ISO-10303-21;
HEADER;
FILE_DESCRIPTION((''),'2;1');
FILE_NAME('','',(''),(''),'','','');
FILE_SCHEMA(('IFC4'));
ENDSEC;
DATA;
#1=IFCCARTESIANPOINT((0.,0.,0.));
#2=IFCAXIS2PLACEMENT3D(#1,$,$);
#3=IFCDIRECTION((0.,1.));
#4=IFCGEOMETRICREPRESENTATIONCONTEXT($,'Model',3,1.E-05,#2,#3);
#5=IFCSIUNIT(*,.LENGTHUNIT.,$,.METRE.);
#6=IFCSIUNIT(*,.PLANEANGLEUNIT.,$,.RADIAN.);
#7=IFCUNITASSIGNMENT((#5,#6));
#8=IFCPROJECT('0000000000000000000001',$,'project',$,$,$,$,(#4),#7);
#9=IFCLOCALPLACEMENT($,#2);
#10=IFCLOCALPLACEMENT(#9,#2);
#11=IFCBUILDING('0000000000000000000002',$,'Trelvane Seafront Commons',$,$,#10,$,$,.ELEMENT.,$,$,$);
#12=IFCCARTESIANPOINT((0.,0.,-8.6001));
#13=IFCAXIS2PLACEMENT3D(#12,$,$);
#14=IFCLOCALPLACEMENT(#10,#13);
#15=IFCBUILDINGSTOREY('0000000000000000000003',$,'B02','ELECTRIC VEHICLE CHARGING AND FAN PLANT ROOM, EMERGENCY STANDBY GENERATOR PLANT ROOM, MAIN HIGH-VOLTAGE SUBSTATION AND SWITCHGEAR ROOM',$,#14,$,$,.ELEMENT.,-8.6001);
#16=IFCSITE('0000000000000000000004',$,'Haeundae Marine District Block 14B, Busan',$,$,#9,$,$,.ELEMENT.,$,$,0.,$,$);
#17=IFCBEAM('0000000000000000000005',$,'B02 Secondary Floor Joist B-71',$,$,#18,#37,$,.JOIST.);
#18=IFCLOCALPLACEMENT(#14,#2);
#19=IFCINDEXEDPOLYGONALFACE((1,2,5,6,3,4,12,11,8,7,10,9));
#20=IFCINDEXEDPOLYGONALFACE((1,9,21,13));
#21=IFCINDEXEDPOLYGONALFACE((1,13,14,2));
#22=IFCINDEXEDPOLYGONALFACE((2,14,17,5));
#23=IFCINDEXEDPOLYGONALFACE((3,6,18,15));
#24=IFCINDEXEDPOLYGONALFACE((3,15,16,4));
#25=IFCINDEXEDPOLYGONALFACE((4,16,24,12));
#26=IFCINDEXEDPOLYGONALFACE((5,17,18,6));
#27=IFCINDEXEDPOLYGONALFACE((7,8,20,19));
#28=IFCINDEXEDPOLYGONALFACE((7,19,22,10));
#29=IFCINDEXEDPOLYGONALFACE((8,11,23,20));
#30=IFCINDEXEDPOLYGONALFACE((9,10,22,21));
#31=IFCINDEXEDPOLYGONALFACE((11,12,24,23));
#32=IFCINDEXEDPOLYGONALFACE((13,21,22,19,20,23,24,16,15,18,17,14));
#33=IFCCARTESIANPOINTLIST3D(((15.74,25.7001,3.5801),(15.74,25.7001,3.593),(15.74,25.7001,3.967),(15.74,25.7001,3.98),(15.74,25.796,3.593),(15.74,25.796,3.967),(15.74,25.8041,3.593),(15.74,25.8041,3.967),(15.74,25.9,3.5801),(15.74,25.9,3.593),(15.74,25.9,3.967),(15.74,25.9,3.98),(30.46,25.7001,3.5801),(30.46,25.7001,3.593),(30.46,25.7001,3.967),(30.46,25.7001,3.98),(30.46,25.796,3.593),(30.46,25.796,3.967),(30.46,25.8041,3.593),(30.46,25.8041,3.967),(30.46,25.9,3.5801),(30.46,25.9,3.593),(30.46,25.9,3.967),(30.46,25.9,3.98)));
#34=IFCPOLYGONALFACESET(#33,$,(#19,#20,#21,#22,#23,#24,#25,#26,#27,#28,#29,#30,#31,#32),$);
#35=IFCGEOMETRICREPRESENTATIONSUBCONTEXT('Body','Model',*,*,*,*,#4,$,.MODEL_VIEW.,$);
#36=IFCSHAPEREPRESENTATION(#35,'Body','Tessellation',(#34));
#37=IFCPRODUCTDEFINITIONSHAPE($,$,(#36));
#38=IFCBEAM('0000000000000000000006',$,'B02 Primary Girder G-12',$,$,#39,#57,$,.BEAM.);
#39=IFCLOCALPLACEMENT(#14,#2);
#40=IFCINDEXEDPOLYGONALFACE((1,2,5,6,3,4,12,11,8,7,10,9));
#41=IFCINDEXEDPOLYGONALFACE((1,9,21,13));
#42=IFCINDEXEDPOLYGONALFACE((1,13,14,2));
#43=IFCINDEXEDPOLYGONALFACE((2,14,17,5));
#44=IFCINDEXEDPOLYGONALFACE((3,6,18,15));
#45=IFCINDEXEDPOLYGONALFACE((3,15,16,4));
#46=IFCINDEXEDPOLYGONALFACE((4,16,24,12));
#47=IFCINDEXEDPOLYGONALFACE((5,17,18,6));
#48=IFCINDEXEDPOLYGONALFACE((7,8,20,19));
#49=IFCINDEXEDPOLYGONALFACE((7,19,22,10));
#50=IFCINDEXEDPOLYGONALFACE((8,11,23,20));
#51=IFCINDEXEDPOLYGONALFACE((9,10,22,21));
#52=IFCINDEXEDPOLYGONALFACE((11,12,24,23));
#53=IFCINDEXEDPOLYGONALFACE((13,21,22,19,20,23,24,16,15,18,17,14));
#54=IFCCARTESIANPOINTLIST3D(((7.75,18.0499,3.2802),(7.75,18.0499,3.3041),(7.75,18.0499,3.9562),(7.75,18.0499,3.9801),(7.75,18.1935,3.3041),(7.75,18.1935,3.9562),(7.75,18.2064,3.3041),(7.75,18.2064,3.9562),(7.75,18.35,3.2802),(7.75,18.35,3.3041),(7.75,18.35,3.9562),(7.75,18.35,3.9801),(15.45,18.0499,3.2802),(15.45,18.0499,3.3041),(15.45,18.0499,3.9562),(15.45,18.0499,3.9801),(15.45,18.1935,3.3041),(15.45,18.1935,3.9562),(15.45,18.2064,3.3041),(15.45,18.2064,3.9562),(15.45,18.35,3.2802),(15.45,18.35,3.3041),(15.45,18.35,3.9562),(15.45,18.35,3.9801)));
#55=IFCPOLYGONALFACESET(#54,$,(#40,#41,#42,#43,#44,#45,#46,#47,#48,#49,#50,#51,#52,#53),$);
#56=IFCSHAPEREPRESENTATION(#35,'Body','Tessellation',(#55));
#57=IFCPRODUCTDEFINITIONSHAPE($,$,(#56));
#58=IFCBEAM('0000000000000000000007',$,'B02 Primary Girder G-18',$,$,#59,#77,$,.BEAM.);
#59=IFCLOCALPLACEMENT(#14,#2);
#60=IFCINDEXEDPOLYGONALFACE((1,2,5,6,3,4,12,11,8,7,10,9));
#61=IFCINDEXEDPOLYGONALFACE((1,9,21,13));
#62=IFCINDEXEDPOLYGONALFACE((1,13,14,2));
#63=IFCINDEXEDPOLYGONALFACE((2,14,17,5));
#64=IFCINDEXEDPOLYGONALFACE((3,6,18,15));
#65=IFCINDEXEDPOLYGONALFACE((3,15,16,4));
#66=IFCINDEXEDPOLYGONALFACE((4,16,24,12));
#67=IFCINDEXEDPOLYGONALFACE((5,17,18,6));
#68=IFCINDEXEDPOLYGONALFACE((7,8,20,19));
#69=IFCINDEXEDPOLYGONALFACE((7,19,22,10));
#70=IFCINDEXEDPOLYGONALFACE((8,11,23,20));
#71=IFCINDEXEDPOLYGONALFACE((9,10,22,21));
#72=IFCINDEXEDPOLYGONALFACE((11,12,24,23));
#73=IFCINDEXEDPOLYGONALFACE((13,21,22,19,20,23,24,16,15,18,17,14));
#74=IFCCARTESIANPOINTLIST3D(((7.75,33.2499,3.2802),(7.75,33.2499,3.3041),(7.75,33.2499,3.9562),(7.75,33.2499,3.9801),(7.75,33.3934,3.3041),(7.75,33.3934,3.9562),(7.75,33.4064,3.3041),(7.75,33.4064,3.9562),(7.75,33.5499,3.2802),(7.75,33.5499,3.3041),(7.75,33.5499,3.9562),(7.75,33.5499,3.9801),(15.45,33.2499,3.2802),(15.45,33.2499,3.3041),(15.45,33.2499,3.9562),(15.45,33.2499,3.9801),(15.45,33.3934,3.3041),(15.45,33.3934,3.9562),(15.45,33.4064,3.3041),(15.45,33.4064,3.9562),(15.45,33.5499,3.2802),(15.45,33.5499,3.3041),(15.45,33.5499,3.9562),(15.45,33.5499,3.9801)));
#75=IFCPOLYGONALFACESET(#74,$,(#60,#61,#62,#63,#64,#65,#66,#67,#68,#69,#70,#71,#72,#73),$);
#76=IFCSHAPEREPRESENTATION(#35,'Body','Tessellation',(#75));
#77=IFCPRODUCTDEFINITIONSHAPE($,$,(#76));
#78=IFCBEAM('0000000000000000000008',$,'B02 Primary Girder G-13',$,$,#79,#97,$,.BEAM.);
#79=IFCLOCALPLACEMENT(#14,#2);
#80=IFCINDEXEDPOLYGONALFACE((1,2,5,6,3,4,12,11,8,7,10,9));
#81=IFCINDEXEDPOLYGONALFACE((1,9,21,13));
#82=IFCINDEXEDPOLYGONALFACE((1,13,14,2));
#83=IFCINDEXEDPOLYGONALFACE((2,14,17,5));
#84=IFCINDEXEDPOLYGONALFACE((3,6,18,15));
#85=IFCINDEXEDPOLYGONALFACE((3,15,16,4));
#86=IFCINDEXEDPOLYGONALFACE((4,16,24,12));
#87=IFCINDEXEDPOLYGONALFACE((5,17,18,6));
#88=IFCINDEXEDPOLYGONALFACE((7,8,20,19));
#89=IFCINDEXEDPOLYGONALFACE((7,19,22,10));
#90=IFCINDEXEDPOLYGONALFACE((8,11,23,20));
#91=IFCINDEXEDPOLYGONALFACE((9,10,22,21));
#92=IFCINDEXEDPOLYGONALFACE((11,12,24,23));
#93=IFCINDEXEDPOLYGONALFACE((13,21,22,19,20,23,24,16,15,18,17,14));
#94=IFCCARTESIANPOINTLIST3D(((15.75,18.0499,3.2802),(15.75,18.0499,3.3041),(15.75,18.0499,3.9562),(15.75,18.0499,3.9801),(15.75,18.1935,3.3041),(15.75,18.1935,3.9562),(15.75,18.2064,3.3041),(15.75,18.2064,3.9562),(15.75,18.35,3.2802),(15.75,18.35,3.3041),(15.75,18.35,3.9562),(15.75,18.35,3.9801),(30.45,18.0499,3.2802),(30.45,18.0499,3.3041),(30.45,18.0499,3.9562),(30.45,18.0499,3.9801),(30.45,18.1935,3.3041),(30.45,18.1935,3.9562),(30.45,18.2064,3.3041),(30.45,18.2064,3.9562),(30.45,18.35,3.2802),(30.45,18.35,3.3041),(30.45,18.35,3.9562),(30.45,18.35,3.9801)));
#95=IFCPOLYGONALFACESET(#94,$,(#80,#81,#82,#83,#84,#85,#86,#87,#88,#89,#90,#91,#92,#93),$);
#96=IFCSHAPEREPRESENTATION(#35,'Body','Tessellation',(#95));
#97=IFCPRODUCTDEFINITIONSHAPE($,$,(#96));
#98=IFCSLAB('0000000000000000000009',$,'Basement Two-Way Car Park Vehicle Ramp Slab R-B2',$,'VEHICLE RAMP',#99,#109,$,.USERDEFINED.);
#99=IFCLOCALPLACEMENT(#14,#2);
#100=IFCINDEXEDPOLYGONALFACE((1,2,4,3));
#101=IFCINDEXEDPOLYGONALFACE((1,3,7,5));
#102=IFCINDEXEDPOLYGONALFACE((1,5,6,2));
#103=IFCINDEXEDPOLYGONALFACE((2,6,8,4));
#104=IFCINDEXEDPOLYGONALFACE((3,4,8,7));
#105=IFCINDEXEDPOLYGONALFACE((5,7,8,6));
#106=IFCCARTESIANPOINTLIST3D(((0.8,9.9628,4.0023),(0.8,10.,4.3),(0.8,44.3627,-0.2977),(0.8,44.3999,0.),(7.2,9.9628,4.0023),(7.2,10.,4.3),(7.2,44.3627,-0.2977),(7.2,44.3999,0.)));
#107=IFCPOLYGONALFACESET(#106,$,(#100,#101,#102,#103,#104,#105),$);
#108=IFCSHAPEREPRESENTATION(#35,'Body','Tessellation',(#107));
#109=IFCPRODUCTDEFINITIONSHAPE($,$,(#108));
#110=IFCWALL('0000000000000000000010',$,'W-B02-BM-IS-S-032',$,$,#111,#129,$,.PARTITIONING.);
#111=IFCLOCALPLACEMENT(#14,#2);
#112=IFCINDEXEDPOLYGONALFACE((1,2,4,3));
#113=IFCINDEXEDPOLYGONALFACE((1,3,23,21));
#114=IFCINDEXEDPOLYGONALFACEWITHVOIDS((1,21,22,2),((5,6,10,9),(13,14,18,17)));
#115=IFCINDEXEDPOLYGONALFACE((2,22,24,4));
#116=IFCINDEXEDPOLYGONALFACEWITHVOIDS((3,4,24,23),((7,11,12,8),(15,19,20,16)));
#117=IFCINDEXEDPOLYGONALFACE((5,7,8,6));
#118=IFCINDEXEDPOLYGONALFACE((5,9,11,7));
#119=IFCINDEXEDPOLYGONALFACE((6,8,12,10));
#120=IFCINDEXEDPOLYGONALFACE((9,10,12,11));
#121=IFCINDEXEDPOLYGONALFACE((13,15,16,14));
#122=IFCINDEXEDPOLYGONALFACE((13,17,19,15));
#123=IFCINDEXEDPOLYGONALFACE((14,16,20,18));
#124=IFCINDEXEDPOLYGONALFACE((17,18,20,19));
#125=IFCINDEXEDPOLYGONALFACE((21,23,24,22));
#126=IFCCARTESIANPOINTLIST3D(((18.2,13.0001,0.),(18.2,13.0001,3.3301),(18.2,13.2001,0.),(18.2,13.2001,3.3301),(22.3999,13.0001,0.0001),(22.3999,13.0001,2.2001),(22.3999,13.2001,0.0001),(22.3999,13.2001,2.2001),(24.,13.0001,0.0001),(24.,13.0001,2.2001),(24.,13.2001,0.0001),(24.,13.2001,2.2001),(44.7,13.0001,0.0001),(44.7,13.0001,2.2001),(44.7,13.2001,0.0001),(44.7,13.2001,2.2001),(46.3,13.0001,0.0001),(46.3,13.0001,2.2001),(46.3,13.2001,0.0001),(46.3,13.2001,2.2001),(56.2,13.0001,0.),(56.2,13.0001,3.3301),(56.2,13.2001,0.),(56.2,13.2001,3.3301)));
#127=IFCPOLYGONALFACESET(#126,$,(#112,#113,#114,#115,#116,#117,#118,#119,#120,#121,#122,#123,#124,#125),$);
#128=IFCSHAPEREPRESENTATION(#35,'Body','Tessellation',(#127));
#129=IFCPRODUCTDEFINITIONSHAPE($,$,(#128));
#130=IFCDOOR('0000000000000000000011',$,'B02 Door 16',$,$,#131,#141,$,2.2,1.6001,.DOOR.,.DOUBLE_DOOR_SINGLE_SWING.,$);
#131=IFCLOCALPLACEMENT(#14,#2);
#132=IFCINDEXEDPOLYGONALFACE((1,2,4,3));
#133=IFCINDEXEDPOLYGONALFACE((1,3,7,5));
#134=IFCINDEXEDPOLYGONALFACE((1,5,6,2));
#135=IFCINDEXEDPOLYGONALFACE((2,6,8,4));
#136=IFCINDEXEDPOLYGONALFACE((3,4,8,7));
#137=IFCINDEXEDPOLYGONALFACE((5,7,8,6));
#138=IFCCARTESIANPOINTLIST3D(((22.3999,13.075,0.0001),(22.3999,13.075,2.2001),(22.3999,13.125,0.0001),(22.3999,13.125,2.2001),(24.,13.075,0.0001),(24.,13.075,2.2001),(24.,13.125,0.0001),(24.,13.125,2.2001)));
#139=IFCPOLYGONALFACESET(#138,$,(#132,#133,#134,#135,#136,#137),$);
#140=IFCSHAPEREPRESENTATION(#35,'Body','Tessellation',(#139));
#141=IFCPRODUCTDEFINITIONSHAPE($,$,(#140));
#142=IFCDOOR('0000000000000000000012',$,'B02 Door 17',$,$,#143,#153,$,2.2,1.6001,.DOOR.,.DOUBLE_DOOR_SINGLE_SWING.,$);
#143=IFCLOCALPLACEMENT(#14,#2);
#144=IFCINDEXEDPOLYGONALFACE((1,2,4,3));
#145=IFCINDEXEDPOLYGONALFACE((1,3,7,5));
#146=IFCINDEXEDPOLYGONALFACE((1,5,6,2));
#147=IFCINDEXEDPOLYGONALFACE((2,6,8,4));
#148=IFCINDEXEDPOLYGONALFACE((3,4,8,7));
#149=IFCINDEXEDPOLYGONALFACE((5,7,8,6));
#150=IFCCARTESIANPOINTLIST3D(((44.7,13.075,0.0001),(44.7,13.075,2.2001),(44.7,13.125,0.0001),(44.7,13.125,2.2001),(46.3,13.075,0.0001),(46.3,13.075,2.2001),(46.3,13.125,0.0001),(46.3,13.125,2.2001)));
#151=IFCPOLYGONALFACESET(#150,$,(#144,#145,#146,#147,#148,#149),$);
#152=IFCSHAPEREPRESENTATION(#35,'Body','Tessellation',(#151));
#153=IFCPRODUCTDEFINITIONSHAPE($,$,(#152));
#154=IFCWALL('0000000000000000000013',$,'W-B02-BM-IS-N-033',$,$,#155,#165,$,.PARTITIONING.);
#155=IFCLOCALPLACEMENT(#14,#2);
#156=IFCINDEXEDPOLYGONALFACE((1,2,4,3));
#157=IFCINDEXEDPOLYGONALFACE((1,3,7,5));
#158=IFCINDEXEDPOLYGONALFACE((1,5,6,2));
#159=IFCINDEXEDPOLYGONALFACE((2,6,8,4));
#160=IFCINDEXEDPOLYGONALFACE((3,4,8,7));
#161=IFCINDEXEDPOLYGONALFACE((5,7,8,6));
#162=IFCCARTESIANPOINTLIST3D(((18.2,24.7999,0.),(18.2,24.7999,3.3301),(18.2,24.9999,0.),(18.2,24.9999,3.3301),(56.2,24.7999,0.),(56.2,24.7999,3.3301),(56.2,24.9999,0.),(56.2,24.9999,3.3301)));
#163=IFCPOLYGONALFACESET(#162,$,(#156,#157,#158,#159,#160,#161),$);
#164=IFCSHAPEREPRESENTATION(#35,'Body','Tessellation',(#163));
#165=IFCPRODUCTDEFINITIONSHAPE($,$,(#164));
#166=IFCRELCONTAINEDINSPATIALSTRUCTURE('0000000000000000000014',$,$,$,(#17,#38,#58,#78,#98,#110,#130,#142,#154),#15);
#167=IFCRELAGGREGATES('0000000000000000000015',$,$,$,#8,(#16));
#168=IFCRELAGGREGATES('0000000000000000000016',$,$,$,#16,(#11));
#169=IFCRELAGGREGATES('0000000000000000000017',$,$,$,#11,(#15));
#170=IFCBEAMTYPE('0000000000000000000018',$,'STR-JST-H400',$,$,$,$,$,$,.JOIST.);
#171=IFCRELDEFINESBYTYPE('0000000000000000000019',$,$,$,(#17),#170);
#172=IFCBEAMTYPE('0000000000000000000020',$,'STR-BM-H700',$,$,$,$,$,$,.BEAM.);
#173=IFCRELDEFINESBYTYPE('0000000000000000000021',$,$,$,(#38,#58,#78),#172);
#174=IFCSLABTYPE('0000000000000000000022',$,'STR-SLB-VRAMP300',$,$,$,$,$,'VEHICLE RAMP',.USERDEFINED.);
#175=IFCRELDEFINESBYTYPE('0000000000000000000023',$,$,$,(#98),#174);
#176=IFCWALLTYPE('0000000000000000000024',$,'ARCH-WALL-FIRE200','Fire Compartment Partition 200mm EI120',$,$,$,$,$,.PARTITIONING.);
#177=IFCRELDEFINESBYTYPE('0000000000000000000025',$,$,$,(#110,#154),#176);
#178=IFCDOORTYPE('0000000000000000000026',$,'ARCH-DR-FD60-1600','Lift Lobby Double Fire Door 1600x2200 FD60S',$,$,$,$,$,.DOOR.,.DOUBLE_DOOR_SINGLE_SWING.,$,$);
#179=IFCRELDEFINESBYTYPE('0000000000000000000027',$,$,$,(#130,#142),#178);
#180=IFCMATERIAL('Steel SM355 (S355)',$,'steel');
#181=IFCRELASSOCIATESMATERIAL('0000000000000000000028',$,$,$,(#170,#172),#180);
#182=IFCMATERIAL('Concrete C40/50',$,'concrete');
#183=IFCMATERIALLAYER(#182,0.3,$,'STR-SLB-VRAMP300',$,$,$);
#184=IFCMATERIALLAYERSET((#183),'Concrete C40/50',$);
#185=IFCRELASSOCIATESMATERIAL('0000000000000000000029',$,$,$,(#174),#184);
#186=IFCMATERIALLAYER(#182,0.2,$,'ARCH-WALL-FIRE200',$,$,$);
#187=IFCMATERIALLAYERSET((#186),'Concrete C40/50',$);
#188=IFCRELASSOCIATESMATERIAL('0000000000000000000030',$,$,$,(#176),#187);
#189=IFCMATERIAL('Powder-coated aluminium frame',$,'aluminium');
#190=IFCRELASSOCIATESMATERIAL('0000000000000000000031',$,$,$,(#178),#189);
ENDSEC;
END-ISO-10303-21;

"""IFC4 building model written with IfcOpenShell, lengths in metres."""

from ifc_helpers import new_model, si_unit, direction, frame, frame_2d, origin, origin_2d, place, context, subcontext, project, spatial, polyline, rectangle, i_section, outline, extrude, source, transform, mapped, material, layer, layer_set, material_profile, profile_set, type_object, element, fill, save


model = new_model("IFC4")

# Units and contexts
model_context = context("Model", 3, precision=1e-05, world=origin(), true_north=direction((0.0, 1.0)))
body_context = subcontext(model_context, "Body", "Model", "MODEL_VIEW")
ifc_project = project(units=[si_unit("LENGTHUNIT", "METRE"), si_unit("PLANEANGLEUNIT", "RADIAN")], contexts=[model_context])

# Site, building, storey
site_placement = place(None, origin())
site = spatial("IfcSite", under=ifc_project, at=site_placement, Name="Haeundae Marine District Block 14B, Busan", CompositionType="ELEMENT", RefElevation=0.0)
building_placement = place(site_placement, origin())
building = spatial("IfcBuilding", under=site, at=building_placement, Name="Trelvane Seafront Commons", CompositionType="ELEMENT")
storey_placement = place(building_placement, frame((0.0, 0.0, -8.6001)))
storey = spatial("IfcBuildingStorey", under=building, at=storey_placement, Name="B02", Description="ELECTRIC VEHICLE CHARGING AND FAN PLANT ROOM, EMERGENCY STANDBY GENERATOR PLANT ROOM, MAIN HIGH-VOLTAGE SUBSTATION AND SWITCHGEAR ROOM", CompositionType="ELEMENT", Elevation=-8.6001)

# Beams
ifc_material_1 = material(Name="Steel SM355 (S355)", Category="steel")
ifc_material_profile_1 = material_profile(ifc_material_1, i_section(OverallWidth=0.2, OverallDepth=0.3999, WebThickness=0.0081, FlangeThickness=0.0129, at=origin_2d()), Name="H-400x200x8x13")
ifc_profile_set_1 = profile_set([ifc_material_profile_1], Name="Steel SM355 (S355)")
beam_type_1 = type_object("IfcBeamType", Name="STR-JST-H400", PredefinedType="JOIST", material=ifc_profile_set_1)
shared_shape_1 = source(origin(), body_context, "Body", "SweptSolid", [
    extrude(i_section(OverallWidth=0.2, OverallDepth=0.3999, WebThickness=0.0081, FlangeThickness=0.0129, at=origin_2d()), origin(), (0.0, 0.0, 1.0), 14.72),
])
for number, where, z_axis, x_axis, name in (
    (1, (15.74, 25.8, 3.78), (1.0, 0.0, 0.0), (0.0, 1.0, 0.0), "B02 Secondary Floor Joist B-71"),
):
    element("IfcBeam", number, at=place(storey_placement, frame(where, z_axis=z_axis, x_axis=x_axis)), inside=storey, type_object=beam_type_1, Name=name, PredefinedType="JOIST", context=body_context, shape_type="MappedRepresentation", body=[
        mapped(shared_shape_1, transform((0.0, 0.0, 0.0), x_axis=(1.0, 0.0, 0.0), y_axis=(0.0, 1.0, 0.0), z_axis=(0.0, 0.0, 1.0), scale=1.0)),
    ])
ifc_material_profile_2 = material_profile(ifc_material_1, i_section(OverallWidth=0.3, OverallDepth=0.7, WebThickness=0.0129, FlangeThickness=0.0239, at=origin_2d()), Name="H-700x300x13x24")
ifc_profile_set_2 = profile_set([ifc_material_profile_2], Name="Steel SM355 (S355)")
beam_type_2 = type_object("IfcBeamType", Name="STR-BM-H700", PredefinedType="BEAM", material=ifc_profile_set_2)
shared_shape_2 = source(origin(), body_context, "Body", "SweptSolid", [
    extrude(i_section(OverallWidth=0.3, OverallDepth=0.7, WebThickness=0.0129, FlangeThickness=0.0239, at=origin_2d()), origin(), (0.0, 0.0, 1.0), 7.7),
])
for number, where, z_axis, x_axis, name in (
    (2, (7.75, 18.2, 3.6301), (1.0, 0.0, 0.0), (0.0, 1.0, 0.0), "B02 Primary Girder G-12"),
    (3, (7.75, 33.3999, 3.6301), (1.0, 0.0, 0.0), (0.0, 1.0, 0.0), "B02 Primary Girder G-18"),
):
    element("IfcBeam", number, at=place(storey_placement, frame(where, z_axis=z_axis, x_axis=x_axis)), inside=storey, type_object=beam_type_2, Name=name, PredefinedType="BEAM", context=body_context, shape_type="MappedRepresentation", body=[
        mapped(shared_shape_2, transform((0.0, 0.0, 0.0), x_axis=(1.0, 0.0, 0.0), y_axis=(0.0, 1.0, 0.0), z_axis=(0.0, 0.0, 1.0), scale=1.0)),
    ])
shared_shape_3 = source(origin(), body_context, "Body", "SweptSolid", [
    extrude(i_section(OverallWidth=0.3, OverallDepth=0.7, WebThickness=0.0129, FlangeThickness=0.0239, at=origin_2d()), origin(), (0.0, 0.0, 1.0), 14.7),
])
beam_placement = place(storey_placement, frame((15.75, 18.2, 3.6301), z_axis=(1.0, 0.0, 0.0), x_axis=(0.0, 1.0, 0.0)))
element("IfcBeam", 4, at=beam_placement, inside=storey, type_object=beam_type_2, Name="B02 Primary Girder G-13", PredefinedType="BEAM", context=body_context, shape_type="MappedRepresentation", body=[
    mapped(shared_shape_3, transform((0.0, 0.0, 0.0), x_axis=(1.0, 0.0, 0.0), y_axis=(0.0, 1.0, 0.0), z_axis=(0.0, 0.0, 1.0), scale=1.0)),
])

# Slab
ifc_material_2 = material(Name="Concrete C40/50", Category="concrete")
ifc_layer_1 = layer(ifc_material_2, 0.3, Name="STR-SLB-VRAMP300")
ifc_layer_set_1 = layer_set([ifc_layer_1], Name="Concrete C40/50")
slab_type = type_object("IfcSlabType", Name="STR-SLB-VRAMP300", ElementType="VEHICLE RAMP", PredefinedType="USERDEFINED", material=ifc_layer_set_1)
slab_placement = place(storey_placement, frame((0.8, 10.0, 4.3), z_axis=(0.0, 0.124036, 0.992278), x_axis=(1.0, 0.0, 0.0)))
element("IfcSlab", 5, at=slab_placement, inside=storey, type_object=slab_type, Name="Basement Two-Way Car Park Vehicle Ramp Slab R-B2", ObjectType="VEHICLE RAMP", PredefinedType="USERDEFINED", context=body_context, shape_type="SweptSolid", body=[
    extrude(outline(polyline([(0.0, 0.0), (6.3999, 0.0), (6.3999, 34.6676), (0.0, 34.6676), (0.0, 0.0)])), origin(), (0.0, 0.0, -1.0), 0.3),
])

# Wall, openings, doors
ifc_layer_2 = layer(ifc_material_2, 0.2, Name="ARCH-WALL-FIRE200")
ifc_layer_set_2 = layer_set([ifc_layer_2], Name="Concrete C40/50")
wall_type_1 = type_object("IfcWallType", Name="ARCH-WALL-FIRE200", Description="Fire Compartment Partition 200mm EI120", PredefinedType="PARTITIONING", material=ifc_layer_set_2)
wall_1_placement = place(storey_placement, frame((18.2, 13.1001, 0.0), z_axis=(0.0, 0.0, 1.0), x_axis=(1.0, 0.0, 0.0)))
wall_1 = element("IfcWall", 6, at=wall_1_placement, inside=storey, type_object=wall_type_1, Name="W-B02-BM-IS-S-032", PredefinedType="PARTITIONING", context=body_context, shape_type="SweptSolid", body=[
    extrude(rectangle(XDim=38.0, YDim=0.2, at=frame_2d((19.0, 0.0))), origin(), (0.0, 0.0, 1.0), 3.3301),
])
opening_1_placement = place(wall_1_placement, frame((4.2, 0.0, 0.0)))
opening_1 = element("IfcOpeningElement", 7, at=opening_1_placement, cuts=wall_1, PredefinedType="OPENING", context=body_context, shape_type="SweptSolid", body=[
    extrude(rectangle(XDim=1.6001, YDim=2.2, at=frame_2d((0.8, 1.1001))), frame((0.0, 0.1099, 0.0), z_axis=(0.0, -1.0, 0.0), x_axis=(1.0, 0.0, 0.0)), (0.0, 0.0, 1.0), 0.22),
])
opening_2_placement = place(wall_1_placement, frame((26.5, 0.0, 0.0)))
opening_2 = element("IfcOpeningElement", 8, at=opening_2_placement, cuts=wall_1, PredefinedType="OPENING", context=body_context, shape_type="SweptSolid", body=[
    extrude(rectangle(XDim=1.6001, YDim=2.2, at=frame_2d((0.8, 1.1001))), frame((0.0, 0.1099, 0.0), z_axis=(0.0, -1.0, 0.0), x_axis=(1.0, 0.0, 0.0)), (0.0, 0.0, 1.0), 0.22),
])
ifc_material_3 = material(Name="Powder-coated aluminium frame", Category="aluminium")
door_type_1 = type_object("IfcDoorType", Name="ARCH-DR-FD60-1600", Description="Lift Lobby Double Fire Door 1600x2200 FD60S", OperationType="DOUBLE_DOOR_SINGLE_SWING", PredefinedType="DOOR", material=ifc_material_3)
shared_shape_4 = source(origin(), body_context, "Body", "SweptSolid", [
    extrude(rectangle(XDim=1.6001, YDim=2.2, at=frame_2d((0.8, 1.1001))), frame((0.0, 0.0249, 0.0), z_axis=(0.0, -1.0, 0.0), x_axis=(1.0, 0.0, 0.0)), (0.0, 0.0, 1.0), 0.05),
])
door_1_placement = place(opening_1_placement, origin())
door_1 = element("IfcDoor", 9, at=door_1_placement, inside=storey, type_object=door_type_1, Name="B02 Door 16", OperationType="DOUBLE_DOOR_SINGLE_SWING", OverallHeight=2.2, OverallWidth=1.6001, PredefinedType="DOOR", context=body_context, shape_type="MappedRepresentation", body=[
    mapped(shared_shape_4, transform((0.0, 0.0, 0.0), x_axis=(1.0, 0.0, 0.0), y_axis=(0.0, 1.0, 0.0), z_axis=(0.0, 0.0, 1.0), scale=1.0)),
])
fill(opening_1, door_1)
door_2_placement = place(opening_2_placement, origin())
door_2 = element("IfcDoor", 10, at=door_2_placement, inside=storey, type_object=door_type_1, Name="B02 Door 17", OperationType="DOUBLE_DOOR_SINGLE_SWING", OverallHeight=2.2, OverallWidth=1.6001, PredefinedType="DOOR", context=body_context, shape_type="MappedRepresentation", body=[
    mapped(shared_shape_4, transform((0.0, 0.0, 0.0), x_axis=(1.0, 0.0, 0.0), y_axis=(0.0, 1.0, 0.0), z_axis=(0.0, 0.0, 1.0), scale=1.0)),
])
fill(opening_2, door_2)

# Wall
wall_2_placement = place(storey_placement, frame((18.2, 24.8999, 0.0), z_axis=(0.0, 0.0, 1.0), x_axis=(1.0, 0.0, 0.0)))
element("IfcWall", 11, at=wall_2_placement, inside=storey, type_object=wall_type_1, Name="W-B02-BM-IS-N-033", PredefinedType="PARTITIONING", context=body_context, shape_type="SweptSolid", body=[
    extrude(rectangle(XDim=38.0, YDim=0.2, at=frame_2d((19.0, 0.0))), origin(), (0.0, 0.0, 1.0), 3.3301),
])

save(model, "model.ifc")
